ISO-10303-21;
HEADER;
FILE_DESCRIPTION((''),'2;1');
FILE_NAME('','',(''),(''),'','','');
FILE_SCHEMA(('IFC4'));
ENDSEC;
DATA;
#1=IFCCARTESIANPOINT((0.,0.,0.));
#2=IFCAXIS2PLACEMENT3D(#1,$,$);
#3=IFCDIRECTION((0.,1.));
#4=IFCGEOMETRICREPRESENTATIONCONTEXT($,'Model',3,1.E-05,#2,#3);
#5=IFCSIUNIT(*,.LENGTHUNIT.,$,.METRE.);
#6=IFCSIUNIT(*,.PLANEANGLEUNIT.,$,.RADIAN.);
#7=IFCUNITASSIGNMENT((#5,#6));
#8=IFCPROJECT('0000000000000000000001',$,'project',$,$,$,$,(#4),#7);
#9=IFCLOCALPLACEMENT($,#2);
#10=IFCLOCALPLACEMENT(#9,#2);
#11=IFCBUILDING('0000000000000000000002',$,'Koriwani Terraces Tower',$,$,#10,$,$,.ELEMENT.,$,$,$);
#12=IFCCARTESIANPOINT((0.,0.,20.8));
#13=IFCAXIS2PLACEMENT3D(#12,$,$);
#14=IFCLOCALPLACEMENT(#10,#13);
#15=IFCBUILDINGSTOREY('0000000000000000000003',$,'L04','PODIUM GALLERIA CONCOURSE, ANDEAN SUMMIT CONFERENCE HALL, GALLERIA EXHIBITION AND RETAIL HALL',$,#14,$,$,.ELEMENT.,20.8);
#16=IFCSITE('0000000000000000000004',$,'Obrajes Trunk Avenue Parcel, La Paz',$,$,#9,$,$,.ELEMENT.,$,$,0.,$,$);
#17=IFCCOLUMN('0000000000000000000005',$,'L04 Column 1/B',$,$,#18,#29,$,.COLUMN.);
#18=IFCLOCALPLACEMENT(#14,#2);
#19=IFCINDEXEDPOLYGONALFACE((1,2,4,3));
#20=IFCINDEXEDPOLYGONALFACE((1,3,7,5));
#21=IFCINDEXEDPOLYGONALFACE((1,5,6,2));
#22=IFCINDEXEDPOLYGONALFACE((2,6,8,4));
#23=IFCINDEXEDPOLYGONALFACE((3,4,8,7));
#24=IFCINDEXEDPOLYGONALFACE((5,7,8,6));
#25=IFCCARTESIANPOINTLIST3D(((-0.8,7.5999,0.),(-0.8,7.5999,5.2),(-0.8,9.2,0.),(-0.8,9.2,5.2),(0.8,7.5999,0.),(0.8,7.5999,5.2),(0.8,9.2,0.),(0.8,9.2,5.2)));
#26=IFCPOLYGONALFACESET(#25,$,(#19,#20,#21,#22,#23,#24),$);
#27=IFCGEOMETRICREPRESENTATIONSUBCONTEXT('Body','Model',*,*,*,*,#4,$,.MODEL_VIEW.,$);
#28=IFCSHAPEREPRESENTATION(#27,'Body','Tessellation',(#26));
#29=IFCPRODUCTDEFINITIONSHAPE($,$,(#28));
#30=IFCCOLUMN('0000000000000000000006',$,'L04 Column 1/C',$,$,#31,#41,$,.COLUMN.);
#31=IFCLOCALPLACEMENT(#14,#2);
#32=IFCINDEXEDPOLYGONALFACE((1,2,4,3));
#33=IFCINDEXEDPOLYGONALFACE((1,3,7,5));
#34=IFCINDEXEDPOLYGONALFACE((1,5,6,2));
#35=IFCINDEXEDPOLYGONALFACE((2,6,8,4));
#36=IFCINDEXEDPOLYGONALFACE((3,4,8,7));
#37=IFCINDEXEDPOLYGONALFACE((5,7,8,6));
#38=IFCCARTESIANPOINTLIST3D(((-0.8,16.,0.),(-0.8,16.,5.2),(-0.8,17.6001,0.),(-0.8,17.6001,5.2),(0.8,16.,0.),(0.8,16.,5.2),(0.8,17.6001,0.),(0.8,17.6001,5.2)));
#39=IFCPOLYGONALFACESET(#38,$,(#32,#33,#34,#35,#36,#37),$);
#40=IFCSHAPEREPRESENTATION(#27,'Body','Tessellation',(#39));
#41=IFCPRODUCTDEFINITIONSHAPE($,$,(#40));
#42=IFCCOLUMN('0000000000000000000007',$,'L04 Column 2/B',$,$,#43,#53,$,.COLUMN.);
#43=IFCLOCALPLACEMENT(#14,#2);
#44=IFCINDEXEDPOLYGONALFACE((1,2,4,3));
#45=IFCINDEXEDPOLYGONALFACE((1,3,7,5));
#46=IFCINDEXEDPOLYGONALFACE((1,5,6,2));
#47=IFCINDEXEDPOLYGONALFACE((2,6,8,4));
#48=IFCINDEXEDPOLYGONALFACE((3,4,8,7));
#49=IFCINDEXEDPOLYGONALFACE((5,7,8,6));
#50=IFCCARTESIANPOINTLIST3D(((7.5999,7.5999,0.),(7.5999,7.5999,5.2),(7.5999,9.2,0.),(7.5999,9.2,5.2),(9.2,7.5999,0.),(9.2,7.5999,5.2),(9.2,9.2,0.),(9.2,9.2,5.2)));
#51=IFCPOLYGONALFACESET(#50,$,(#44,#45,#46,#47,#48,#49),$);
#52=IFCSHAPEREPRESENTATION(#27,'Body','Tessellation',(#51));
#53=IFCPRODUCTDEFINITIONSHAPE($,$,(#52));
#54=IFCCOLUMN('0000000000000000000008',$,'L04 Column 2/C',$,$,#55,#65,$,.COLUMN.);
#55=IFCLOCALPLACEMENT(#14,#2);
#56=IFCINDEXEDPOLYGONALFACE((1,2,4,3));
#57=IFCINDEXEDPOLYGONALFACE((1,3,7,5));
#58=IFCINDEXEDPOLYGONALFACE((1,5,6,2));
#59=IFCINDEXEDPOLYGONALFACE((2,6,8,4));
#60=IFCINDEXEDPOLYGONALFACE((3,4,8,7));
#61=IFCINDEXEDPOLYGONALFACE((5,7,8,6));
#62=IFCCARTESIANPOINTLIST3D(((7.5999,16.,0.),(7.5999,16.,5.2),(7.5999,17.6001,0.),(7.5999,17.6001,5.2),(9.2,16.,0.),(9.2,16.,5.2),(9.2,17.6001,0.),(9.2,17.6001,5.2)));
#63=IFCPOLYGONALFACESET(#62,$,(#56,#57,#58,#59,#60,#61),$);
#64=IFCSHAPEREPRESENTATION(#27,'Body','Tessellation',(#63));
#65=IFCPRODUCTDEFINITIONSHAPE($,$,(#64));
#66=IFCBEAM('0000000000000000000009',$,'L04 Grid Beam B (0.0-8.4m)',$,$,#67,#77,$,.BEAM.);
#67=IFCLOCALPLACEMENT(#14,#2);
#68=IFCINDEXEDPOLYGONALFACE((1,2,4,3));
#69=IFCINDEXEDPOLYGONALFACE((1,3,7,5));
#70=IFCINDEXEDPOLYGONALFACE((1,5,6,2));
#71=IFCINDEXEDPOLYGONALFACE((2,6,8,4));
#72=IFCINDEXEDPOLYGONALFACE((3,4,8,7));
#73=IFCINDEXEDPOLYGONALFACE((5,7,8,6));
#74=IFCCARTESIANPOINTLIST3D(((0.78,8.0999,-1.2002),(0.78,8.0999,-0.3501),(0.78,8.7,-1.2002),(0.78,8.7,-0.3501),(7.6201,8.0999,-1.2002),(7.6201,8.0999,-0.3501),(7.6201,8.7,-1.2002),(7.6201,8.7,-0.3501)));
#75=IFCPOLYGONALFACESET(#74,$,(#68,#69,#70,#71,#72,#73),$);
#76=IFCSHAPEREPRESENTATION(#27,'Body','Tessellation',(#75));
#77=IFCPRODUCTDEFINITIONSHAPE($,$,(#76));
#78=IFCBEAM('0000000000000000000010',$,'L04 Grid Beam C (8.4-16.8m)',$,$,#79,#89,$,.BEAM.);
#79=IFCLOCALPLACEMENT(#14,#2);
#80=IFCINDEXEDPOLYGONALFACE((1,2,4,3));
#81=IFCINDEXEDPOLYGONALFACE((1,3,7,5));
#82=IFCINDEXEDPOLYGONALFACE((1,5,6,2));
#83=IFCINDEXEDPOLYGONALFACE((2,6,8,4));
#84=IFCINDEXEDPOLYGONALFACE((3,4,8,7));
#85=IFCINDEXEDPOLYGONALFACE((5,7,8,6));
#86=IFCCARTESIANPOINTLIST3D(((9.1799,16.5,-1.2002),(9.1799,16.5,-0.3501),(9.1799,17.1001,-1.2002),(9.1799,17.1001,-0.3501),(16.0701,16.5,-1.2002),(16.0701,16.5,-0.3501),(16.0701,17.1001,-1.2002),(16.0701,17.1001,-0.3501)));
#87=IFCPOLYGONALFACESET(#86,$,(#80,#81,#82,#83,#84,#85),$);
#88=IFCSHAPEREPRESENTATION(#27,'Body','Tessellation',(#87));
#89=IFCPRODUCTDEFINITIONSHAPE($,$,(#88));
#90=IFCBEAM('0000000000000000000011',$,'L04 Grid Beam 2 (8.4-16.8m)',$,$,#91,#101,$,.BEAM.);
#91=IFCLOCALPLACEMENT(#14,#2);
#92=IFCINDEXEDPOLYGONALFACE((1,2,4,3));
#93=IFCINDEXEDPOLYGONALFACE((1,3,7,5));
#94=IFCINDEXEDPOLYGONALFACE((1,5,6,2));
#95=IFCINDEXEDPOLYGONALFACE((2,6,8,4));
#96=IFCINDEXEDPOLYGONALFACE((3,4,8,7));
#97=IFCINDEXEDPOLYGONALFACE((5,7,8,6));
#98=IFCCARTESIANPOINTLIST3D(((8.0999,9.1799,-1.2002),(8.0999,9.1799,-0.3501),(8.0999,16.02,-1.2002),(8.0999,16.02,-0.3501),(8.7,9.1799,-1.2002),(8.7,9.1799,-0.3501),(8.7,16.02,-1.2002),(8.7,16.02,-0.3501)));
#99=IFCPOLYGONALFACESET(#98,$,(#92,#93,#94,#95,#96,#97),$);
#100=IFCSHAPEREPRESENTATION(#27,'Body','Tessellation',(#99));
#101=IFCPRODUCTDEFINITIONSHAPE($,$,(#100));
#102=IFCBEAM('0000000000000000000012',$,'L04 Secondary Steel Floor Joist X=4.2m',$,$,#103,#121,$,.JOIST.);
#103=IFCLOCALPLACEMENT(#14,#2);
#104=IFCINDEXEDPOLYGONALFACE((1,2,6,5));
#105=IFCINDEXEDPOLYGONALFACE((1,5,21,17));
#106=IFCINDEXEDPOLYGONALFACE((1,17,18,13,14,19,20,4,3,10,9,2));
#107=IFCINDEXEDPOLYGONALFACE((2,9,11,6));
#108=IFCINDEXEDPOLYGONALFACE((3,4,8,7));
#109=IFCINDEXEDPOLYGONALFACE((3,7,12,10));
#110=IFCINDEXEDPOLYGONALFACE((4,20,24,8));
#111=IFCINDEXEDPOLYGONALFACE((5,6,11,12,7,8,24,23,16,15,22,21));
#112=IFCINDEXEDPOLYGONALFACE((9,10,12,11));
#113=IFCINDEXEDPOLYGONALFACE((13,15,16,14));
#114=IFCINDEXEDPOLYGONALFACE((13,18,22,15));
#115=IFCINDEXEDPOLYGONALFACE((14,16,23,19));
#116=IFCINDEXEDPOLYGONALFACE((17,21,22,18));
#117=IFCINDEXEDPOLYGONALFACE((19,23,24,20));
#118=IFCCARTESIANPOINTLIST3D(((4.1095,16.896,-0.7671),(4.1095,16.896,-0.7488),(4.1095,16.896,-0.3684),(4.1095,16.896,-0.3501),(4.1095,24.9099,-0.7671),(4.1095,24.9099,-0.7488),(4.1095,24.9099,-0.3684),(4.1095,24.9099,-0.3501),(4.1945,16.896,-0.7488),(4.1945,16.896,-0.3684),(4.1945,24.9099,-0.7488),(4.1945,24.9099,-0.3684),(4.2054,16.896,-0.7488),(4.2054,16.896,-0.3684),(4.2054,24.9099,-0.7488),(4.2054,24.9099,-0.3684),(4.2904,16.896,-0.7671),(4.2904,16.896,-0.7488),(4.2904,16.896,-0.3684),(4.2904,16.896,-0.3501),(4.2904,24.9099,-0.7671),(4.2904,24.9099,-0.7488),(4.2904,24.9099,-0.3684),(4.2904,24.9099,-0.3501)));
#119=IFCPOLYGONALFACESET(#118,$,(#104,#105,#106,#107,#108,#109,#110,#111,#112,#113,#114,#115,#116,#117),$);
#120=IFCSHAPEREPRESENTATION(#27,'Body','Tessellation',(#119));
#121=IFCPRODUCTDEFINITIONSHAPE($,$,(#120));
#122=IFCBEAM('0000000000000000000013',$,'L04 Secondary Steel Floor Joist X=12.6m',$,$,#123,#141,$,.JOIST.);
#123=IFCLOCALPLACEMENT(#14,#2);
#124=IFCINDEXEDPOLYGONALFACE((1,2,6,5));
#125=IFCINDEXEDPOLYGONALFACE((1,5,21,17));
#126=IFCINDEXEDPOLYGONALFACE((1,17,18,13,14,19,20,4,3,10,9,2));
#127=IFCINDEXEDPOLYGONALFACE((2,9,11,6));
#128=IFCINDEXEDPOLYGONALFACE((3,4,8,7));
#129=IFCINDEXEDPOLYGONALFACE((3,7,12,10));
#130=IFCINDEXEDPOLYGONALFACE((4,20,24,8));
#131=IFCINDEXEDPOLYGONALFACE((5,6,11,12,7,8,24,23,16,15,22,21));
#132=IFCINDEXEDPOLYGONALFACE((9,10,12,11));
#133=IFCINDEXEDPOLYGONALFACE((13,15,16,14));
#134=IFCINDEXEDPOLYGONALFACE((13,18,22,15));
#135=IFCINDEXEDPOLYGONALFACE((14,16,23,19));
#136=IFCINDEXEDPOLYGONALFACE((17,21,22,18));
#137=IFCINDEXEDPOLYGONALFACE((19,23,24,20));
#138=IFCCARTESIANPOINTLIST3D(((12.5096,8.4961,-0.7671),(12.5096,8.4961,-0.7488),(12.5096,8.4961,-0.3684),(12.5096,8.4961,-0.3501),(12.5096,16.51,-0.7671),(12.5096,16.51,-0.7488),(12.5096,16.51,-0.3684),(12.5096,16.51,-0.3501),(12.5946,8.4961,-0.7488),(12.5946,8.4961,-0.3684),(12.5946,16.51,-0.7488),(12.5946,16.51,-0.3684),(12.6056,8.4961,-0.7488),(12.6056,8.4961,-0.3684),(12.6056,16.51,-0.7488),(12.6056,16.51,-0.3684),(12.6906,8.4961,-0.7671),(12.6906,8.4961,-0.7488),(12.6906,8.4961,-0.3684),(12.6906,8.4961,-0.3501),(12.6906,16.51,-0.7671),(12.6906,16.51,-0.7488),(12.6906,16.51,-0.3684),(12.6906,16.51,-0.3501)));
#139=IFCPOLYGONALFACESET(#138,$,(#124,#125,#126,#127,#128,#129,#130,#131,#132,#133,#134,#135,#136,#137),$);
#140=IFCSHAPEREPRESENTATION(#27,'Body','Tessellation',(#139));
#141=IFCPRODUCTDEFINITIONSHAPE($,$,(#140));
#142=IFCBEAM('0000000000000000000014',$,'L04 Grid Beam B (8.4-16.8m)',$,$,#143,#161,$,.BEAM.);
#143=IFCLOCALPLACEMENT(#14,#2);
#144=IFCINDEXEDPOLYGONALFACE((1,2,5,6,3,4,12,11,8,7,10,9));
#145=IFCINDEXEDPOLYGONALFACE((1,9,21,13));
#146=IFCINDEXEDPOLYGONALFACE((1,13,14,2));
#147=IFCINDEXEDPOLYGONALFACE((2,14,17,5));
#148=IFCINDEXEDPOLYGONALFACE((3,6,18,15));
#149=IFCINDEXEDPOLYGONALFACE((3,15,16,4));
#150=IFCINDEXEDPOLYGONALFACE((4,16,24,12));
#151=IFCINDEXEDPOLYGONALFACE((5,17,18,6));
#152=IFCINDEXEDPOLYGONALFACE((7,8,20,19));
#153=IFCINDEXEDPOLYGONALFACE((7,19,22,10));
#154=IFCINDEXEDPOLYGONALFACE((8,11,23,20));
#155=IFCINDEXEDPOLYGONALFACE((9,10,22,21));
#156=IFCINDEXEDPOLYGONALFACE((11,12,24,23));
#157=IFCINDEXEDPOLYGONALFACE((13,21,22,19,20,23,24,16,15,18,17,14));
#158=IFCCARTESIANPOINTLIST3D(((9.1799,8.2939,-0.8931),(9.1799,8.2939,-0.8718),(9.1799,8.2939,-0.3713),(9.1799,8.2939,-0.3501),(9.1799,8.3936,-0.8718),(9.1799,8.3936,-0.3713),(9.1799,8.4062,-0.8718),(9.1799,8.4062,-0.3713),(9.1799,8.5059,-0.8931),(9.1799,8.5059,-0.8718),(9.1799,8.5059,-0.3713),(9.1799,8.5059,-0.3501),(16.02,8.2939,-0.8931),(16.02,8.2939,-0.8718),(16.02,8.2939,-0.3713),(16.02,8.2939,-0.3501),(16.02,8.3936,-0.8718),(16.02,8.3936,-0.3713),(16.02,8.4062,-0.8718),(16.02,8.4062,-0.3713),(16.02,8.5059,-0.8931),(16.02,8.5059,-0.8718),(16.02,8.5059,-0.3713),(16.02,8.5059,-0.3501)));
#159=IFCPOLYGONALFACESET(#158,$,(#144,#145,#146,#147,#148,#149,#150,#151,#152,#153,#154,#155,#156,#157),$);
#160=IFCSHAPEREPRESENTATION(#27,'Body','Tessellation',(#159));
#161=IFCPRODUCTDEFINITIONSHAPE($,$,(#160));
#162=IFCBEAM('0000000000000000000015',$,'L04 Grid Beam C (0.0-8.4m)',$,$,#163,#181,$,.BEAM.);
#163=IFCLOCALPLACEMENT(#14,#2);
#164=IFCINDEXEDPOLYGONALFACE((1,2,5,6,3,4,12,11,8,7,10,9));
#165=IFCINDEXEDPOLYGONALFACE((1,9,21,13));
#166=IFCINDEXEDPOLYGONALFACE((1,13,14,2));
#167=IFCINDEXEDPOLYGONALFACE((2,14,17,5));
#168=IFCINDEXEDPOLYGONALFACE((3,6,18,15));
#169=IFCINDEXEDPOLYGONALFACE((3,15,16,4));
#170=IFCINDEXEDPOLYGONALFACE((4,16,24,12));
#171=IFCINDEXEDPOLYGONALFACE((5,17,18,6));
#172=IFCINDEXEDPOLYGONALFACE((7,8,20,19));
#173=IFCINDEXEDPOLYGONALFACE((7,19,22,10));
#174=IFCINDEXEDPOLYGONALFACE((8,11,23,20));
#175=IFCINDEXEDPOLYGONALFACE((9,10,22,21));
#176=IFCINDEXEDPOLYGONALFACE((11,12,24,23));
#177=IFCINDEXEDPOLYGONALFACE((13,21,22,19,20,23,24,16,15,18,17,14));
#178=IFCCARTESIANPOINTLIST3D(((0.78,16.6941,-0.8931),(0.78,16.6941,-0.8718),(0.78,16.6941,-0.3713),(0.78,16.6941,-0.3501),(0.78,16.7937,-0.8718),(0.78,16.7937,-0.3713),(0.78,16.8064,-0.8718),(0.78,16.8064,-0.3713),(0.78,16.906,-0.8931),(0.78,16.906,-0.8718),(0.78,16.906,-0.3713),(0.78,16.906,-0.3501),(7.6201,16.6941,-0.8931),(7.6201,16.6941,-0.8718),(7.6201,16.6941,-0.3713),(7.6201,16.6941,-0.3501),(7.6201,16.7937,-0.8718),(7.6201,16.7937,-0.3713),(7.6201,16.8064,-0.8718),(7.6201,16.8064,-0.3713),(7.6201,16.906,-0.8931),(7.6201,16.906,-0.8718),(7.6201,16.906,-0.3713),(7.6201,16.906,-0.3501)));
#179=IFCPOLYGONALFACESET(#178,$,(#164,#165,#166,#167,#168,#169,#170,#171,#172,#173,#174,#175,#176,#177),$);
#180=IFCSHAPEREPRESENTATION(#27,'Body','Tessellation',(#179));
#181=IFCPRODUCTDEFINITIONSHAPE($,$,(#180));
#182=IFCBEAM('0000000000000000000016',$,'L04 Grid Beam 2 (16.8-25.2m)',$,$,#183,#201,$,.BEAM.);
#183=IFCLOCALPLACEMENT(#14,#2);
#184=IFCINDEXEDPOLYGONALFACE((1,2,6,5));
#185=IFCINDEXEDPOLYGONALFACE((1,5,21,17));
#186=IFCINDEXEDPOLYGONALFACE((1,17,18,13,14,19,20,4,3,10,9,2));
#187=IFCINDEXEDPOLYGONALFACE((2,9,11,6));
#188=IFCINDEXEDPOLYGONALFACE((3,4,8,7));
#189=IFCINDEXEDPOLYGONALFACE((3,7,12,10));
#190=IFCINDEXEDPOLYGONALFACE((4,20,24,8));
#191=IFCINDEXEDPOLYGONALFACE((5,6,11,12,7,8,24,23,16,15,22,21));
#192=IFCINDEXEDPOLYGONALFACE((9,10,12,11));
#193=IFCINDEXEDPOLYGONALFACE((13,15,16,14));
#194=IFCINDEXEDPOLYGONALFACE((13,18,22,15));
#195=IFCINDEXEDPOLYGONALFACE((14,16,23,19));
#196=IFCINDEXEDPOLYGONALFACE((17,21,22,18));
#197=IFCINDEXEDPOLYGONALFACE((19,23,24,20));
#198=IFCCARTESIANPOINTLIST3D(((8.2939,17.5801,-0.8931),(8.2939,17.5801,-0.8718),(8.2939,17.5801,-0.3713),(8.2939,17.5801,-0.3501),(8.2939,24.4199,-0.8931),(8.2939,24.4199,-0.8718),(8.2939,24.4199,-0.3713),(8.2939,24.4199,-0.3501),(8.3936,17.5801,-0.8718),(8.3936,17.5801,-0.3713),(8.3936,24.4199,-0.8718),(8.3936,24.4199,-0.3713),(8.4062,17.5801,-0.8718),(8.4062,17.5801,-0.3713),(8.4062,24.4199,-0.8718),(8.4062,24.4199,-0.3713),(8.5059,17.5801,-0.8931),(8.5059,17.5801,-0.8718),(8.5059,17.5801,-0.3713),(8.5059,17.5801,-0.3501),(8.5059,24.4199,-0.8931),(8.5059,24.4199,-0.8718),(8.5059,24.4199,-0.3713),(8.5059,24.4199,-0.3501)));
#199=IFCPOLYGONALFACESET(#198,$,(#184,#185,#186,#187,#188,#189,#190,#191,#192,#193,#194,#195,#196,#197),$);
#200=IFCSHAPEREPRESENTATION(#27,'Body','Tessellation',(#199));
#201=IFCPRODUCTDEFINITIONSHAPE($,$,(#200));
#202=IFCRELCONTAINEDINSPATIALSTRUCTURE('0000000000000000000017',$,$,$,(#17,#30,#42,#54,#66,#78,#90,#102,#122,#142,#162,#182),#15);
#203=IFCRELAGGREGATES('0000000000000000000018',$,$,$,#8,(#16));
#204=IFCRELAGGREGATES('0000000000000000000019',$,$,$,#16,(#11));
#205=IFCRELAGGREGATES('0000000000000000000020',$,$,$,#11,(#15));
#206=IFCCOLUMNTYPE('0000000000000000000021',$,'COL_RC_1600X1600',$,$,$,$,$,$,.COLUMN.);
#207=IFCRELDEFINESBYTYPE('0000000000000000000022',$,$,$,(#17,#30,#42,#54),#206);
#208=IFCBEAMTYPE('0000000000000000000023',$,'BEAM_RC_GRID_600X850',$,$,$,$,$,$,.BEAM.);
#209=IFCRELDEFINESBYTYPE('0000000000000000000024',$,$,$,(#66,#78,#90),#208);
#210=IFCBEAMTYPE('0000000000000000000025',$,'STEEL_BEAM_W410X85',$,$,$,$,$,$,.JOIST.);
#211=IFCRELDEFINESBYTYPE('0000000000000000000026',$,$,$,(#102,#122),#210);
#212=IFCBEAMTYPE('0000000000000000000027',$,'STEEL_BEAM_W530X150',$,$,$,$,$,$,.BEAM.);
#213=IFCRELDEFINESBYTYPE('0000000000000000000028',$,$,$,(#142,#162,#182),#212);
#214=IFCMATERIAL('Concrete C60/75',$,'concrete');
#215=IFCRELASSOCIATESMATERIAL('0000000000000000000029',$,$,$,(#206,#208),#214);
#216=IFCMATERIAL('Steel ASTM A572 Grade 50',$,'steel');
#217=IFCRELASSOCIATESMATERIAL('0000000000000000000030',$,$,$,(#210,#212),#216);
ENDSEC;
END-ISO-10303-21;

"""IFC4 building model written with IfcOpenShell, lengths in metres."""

from ifc_helpers import new_model, si_unit, direction, frame, origin, origin_2d, place, context, subcontext, project, spatial, rectangle, i_section, extrude, material, material_profile, profile_set, type_object, element, save


model = new_model("IFC4")

# Units and contexts
model_context = context("Model", 3, precision=1e-05, world=origin(), true_north=direction((0.0, 1.0)))
body_context = subcontext(model_context, "Body", "Model", "MODEL_VIEW")
ifc_project = project(units=[si_unit("LENGTHUNIT", "METRE"), si_unit("PLANEANGLEUNIT", "RADIAN")], contexts=[model_context])

# Site, building, storey
site_placement = place(None, origin())
site = spatial("IfcSite", under=ifc_project, at=site_placement, Name="Obrajes Trunk Avenue Parcel, La Paz", CompositionType="ELEMENT", RefElevation=0.0)
building_placement = place(site_placement, origin())
building = spatial("IfcBuilding", under=site, at=building_placement, Name="Koriwani Terraces Tower", CompositionType="ELEMENT")
storey_placement = place(building_placement, frame((0.0, 0.0, 20.8)))
storey = spatial("IfcBuildingStorey", under=building, at=storey_placement, Name="L04", Description="PODIUM GALLERIA CONCOURSE, ANDEAN SUMMIT CONFERENCE HALL, GALLERIA EXHIBITION AND RETAIL HALL", CompositionType="ELEMENT", Elevation=20.8)

# Columns
ifc_material_1 = material(Name="Concrete C60/75", Category="concrete")
ifc_material_profile_1 = material_profile(ifc_material_1, rectangle(XDim=1.6001, YDim=1.6001, at=origin_2d()), Name="Concrete C60/75", Category="LoadBearing")
ifc_profile_set_1 = profile_set([ifc_material_profile_1], Name="Concrete C60/75")
column_type = type_object("IfcColumnType", Name="COL_RC_1600X1600", PredefinedType="COLUMN", material=ifc_profile_set_1)
for number, where, z_axis, x_axis, name in (
    (1, (0.0, 8.3999, 0.0), (0.0, 0.0, 1.0), (1.0, 0.0, 0.0), "L04 Column 1/B"),
    (2, (0.0, 16.8, 0.0), (0.0, 0.0, 1.0), (1.0, 0.0, 0.0), "L04 Column 1/C"),
    (3, (8.3999, 8.3999, 0.0), (0.0, 0.0, 1.0), (1.0, 0.0, 0.0), "L04 Column 2/B"),
    (4, (8.3999, 16.8, 0.0), (0.0, 0.0, 1.0), (1.0, 0.0, 0.0), "L04 Column 2/C"),
):
    element("IfcColumn", number, at=place(storey_placement, frame(where, z_axis=z_axis, x_axis=x_axis)), inside=storey, type_object=column_type, Name=name, PredefinedType="COLUMN", context=body_context, shape_type="SweptSolid", body=[
        extrude(rectangle(XDim=1.6001, YDim=1.6001, at=origin_2d()), origin(), (0.0, 0.0, 1.0), 5.2),
    ])

# Beams
ifc_material_profile_2 = material_profile(ifc_material_1, rectangle(XDim=0.6001, YDim=0.8501, at=origin_2d()), Name="Concrete C60/75", Category="LoadBearing")
ifc_profile_set_2 = profile_set([ifc_material_profile_2], Name="Concrete C60/75")
beam_type_1 = type_object("IfcBeamType", Name="BEAM_RC_GRID_600X850", PredefinedType="BEAM", material=ifc_profile_set_2)
beam_1_placement = place(storey_placement, frame((0.78, 8.3999, -0.7751), z_axis=(1.0, 0.0, 0.0), x_axis=(0.0, 1.0, 0.0)))
element("IfcBeam", 5, at=beam_1_placement, inside=storey, type_object=beam_type_1, Name="L04 Grid Beam B (0.0-8.4m)", PredefinedType="BEAM", context=body_context, shape_type="SweptSolid", body=[
    extrude(rectangle(XDim=0.6001, YDim=0.8501, at=origin_2d()), origin(), (0.0, 0.0, 1.0), 6.8401),
])
beam_2_placement = place(storey_placement, frame((9.1799, 16.8, -0.7751), z_axis=(1.0, 0.0, 0.0), x_axis=(0.0, 1.0, 0.0)))
element("IfcBeam", 6, at=beam_2_placement, inside=storey, type_object=beam_type_1, Name="L04 Grid Beam C (8.4-16.8m)", PredefinedType="BEAM", context=body_context, shape_type="SweptSolid", body=[
    extrude(rectangle(XDim=0.6001, YDim=0.8501, at=origin_2d()), origin(), (0.0, 0.0, 1.0), 6.8901),
])
beam_3_placement = place(storey_placement, frame((8.3999, 9.1799, -0.7751), z_axis=(0.0, 1.0, 0.0), x_axis=(-1.0, 0.0, 0.0)))
element("IfcBeam", 7, at=beam_3_placement, inside=storey, type_object=beam_type_1, Name="L04 Grid Beam 2 (8.4-16.8m)", PredefinedType="BEAM", context=body_context, shape_type="SweptSolid", body=[
    extrude(rectangle(XDim=0.6001, YDim=0.8501, at=origin_2d()), origin(), (0.0, 0.0, 1.0), 6.8401),
])
ifc_material_2 = material(Name="Steel ASTM A572 Grade 50", Category="steel")
ifc_material_profile_3 = material_profile(ifc_material_2, i_section(OverallWidth=0.1809, OverallDepth=0.417, WebThickness=0.011, FlangeThickness=0.0183, at=origin_2d()), Name="Steel ASTM A572 Grade 50", Category="LoadBearing")
ifc_profile_set_3 = profile_set([ifc_material_profile_3], Name="Steel ASTM A572 Grade 50")
beam_type_2 = type_object("IfcBeamType", Name="STEEL_BEAM_W410X85", PredefinedType="JOIST", material=ifc_profile_set_3)
for number, where, z_axis, x_axis, name in (
    (8, (4.2, 16.896, -0.5586), (0.0, 1.0, 0.0), (-1.0, 0.0, 0.0), "L04 Secondary Steel Floor Joist X=4.2m"),
    (9, (12.6001, 8.4961, -0.5586), (0.0, 1.0, 0.0), (-1.0, 0.0, 0.0), "L04 Secondary Steel Floor Joist X=12.6m"),
):
    element("IfcBeam", number, at=place(storey_placement, frame(where, z_axis=z_axis, x_axis=x_axis)), inside=storey, type_object=beam_type_2, Name=name, PredefinedType="JOIST", context=body_context, shape_type="SweptSolid", body=[
        extrude(i_section(OverallWidth=0.1809, OverallDepth=0.417, WebThickness=0.011, FlangeThickness=0.0183, at=origin_2d()), origin(), (0.0, 0.0, 1.0), 8.0139),
    ])
ifc_material_profile_4 = material_profile(ifc_material_2, i_section(OverallWidth=0.2119, OverallDepth=0.543, WebThickness=0.0127, FlangeThickness=0.0212, at=origin_2d()), Name="Steel ASTM A572 Grade 50", Category="LoadBearing")
ifc_profile_set_4 = profile_set([ifc_material_profile_4], Name="Steel ASTM A572 Grade 50")
beam_type_3 = type_object("IfcBeamType", Name="STEEL_BEAM_W530X150", PredefinedType="BEAM", material=ifc_profile_set_4)
for number, where, z_axis, x_axis, name in (
    (10, (9.1799, 8.3999, -0.6216), (1.0, 0.0, 0.0), (0.0, 1.0, 0.0), "L04 Grid Beam B (8.4-16.8m)"),
    (11, (0.78, 16.8, -0.6216), (1.0, 0.0, 0.0), (0.0, 1.0, 0.0), "L04 Grid Beam C (0.0-8.4m)"),
):
    element("IfcBeam", number, at=place(storey_placement, frame(where, z_axis=z_axis, x_axis=x_axis)), inside=storey, type_object=beam_type_3, Name=name, PredefinedType="BEAM", context=body_context, shape_type="SweptSolid", body=[
        extrude(i_section(OverallWidth=0.2119, OverallDepth=0.543, WebThickness=0.0127, FlangeThickness=0.0212, at=origin_2d()), origin(), (0.0, 0.0, 1.0), 6.8401),
    ])
beam_4_placement = place(storey_placement, frame((8.3999, 17.5801, -0.6216), z_axis=(0.0, 1.0, 0.0), x_axis=(-1.0, 0.0, 0.0)))
element("IfcBeam", 12, at=beam_4_placement, inside=storey, type_object=beam_type_3, Name="L04 Grid Beam 2 (16.8-25.2m)", PredefinedType="BEAM", context=body_context, shape_type="SweptSolid", body=[
    extrude(i_section(OverallWidth=0.2119, OverallDepth=0.543, WebThickness=0.0127, FlangeThickness=0.0212, at=origin_2d()), origin(), (0.0, 0.0, 1.0), 6.8398),
])

save(model, "model.ifc")
